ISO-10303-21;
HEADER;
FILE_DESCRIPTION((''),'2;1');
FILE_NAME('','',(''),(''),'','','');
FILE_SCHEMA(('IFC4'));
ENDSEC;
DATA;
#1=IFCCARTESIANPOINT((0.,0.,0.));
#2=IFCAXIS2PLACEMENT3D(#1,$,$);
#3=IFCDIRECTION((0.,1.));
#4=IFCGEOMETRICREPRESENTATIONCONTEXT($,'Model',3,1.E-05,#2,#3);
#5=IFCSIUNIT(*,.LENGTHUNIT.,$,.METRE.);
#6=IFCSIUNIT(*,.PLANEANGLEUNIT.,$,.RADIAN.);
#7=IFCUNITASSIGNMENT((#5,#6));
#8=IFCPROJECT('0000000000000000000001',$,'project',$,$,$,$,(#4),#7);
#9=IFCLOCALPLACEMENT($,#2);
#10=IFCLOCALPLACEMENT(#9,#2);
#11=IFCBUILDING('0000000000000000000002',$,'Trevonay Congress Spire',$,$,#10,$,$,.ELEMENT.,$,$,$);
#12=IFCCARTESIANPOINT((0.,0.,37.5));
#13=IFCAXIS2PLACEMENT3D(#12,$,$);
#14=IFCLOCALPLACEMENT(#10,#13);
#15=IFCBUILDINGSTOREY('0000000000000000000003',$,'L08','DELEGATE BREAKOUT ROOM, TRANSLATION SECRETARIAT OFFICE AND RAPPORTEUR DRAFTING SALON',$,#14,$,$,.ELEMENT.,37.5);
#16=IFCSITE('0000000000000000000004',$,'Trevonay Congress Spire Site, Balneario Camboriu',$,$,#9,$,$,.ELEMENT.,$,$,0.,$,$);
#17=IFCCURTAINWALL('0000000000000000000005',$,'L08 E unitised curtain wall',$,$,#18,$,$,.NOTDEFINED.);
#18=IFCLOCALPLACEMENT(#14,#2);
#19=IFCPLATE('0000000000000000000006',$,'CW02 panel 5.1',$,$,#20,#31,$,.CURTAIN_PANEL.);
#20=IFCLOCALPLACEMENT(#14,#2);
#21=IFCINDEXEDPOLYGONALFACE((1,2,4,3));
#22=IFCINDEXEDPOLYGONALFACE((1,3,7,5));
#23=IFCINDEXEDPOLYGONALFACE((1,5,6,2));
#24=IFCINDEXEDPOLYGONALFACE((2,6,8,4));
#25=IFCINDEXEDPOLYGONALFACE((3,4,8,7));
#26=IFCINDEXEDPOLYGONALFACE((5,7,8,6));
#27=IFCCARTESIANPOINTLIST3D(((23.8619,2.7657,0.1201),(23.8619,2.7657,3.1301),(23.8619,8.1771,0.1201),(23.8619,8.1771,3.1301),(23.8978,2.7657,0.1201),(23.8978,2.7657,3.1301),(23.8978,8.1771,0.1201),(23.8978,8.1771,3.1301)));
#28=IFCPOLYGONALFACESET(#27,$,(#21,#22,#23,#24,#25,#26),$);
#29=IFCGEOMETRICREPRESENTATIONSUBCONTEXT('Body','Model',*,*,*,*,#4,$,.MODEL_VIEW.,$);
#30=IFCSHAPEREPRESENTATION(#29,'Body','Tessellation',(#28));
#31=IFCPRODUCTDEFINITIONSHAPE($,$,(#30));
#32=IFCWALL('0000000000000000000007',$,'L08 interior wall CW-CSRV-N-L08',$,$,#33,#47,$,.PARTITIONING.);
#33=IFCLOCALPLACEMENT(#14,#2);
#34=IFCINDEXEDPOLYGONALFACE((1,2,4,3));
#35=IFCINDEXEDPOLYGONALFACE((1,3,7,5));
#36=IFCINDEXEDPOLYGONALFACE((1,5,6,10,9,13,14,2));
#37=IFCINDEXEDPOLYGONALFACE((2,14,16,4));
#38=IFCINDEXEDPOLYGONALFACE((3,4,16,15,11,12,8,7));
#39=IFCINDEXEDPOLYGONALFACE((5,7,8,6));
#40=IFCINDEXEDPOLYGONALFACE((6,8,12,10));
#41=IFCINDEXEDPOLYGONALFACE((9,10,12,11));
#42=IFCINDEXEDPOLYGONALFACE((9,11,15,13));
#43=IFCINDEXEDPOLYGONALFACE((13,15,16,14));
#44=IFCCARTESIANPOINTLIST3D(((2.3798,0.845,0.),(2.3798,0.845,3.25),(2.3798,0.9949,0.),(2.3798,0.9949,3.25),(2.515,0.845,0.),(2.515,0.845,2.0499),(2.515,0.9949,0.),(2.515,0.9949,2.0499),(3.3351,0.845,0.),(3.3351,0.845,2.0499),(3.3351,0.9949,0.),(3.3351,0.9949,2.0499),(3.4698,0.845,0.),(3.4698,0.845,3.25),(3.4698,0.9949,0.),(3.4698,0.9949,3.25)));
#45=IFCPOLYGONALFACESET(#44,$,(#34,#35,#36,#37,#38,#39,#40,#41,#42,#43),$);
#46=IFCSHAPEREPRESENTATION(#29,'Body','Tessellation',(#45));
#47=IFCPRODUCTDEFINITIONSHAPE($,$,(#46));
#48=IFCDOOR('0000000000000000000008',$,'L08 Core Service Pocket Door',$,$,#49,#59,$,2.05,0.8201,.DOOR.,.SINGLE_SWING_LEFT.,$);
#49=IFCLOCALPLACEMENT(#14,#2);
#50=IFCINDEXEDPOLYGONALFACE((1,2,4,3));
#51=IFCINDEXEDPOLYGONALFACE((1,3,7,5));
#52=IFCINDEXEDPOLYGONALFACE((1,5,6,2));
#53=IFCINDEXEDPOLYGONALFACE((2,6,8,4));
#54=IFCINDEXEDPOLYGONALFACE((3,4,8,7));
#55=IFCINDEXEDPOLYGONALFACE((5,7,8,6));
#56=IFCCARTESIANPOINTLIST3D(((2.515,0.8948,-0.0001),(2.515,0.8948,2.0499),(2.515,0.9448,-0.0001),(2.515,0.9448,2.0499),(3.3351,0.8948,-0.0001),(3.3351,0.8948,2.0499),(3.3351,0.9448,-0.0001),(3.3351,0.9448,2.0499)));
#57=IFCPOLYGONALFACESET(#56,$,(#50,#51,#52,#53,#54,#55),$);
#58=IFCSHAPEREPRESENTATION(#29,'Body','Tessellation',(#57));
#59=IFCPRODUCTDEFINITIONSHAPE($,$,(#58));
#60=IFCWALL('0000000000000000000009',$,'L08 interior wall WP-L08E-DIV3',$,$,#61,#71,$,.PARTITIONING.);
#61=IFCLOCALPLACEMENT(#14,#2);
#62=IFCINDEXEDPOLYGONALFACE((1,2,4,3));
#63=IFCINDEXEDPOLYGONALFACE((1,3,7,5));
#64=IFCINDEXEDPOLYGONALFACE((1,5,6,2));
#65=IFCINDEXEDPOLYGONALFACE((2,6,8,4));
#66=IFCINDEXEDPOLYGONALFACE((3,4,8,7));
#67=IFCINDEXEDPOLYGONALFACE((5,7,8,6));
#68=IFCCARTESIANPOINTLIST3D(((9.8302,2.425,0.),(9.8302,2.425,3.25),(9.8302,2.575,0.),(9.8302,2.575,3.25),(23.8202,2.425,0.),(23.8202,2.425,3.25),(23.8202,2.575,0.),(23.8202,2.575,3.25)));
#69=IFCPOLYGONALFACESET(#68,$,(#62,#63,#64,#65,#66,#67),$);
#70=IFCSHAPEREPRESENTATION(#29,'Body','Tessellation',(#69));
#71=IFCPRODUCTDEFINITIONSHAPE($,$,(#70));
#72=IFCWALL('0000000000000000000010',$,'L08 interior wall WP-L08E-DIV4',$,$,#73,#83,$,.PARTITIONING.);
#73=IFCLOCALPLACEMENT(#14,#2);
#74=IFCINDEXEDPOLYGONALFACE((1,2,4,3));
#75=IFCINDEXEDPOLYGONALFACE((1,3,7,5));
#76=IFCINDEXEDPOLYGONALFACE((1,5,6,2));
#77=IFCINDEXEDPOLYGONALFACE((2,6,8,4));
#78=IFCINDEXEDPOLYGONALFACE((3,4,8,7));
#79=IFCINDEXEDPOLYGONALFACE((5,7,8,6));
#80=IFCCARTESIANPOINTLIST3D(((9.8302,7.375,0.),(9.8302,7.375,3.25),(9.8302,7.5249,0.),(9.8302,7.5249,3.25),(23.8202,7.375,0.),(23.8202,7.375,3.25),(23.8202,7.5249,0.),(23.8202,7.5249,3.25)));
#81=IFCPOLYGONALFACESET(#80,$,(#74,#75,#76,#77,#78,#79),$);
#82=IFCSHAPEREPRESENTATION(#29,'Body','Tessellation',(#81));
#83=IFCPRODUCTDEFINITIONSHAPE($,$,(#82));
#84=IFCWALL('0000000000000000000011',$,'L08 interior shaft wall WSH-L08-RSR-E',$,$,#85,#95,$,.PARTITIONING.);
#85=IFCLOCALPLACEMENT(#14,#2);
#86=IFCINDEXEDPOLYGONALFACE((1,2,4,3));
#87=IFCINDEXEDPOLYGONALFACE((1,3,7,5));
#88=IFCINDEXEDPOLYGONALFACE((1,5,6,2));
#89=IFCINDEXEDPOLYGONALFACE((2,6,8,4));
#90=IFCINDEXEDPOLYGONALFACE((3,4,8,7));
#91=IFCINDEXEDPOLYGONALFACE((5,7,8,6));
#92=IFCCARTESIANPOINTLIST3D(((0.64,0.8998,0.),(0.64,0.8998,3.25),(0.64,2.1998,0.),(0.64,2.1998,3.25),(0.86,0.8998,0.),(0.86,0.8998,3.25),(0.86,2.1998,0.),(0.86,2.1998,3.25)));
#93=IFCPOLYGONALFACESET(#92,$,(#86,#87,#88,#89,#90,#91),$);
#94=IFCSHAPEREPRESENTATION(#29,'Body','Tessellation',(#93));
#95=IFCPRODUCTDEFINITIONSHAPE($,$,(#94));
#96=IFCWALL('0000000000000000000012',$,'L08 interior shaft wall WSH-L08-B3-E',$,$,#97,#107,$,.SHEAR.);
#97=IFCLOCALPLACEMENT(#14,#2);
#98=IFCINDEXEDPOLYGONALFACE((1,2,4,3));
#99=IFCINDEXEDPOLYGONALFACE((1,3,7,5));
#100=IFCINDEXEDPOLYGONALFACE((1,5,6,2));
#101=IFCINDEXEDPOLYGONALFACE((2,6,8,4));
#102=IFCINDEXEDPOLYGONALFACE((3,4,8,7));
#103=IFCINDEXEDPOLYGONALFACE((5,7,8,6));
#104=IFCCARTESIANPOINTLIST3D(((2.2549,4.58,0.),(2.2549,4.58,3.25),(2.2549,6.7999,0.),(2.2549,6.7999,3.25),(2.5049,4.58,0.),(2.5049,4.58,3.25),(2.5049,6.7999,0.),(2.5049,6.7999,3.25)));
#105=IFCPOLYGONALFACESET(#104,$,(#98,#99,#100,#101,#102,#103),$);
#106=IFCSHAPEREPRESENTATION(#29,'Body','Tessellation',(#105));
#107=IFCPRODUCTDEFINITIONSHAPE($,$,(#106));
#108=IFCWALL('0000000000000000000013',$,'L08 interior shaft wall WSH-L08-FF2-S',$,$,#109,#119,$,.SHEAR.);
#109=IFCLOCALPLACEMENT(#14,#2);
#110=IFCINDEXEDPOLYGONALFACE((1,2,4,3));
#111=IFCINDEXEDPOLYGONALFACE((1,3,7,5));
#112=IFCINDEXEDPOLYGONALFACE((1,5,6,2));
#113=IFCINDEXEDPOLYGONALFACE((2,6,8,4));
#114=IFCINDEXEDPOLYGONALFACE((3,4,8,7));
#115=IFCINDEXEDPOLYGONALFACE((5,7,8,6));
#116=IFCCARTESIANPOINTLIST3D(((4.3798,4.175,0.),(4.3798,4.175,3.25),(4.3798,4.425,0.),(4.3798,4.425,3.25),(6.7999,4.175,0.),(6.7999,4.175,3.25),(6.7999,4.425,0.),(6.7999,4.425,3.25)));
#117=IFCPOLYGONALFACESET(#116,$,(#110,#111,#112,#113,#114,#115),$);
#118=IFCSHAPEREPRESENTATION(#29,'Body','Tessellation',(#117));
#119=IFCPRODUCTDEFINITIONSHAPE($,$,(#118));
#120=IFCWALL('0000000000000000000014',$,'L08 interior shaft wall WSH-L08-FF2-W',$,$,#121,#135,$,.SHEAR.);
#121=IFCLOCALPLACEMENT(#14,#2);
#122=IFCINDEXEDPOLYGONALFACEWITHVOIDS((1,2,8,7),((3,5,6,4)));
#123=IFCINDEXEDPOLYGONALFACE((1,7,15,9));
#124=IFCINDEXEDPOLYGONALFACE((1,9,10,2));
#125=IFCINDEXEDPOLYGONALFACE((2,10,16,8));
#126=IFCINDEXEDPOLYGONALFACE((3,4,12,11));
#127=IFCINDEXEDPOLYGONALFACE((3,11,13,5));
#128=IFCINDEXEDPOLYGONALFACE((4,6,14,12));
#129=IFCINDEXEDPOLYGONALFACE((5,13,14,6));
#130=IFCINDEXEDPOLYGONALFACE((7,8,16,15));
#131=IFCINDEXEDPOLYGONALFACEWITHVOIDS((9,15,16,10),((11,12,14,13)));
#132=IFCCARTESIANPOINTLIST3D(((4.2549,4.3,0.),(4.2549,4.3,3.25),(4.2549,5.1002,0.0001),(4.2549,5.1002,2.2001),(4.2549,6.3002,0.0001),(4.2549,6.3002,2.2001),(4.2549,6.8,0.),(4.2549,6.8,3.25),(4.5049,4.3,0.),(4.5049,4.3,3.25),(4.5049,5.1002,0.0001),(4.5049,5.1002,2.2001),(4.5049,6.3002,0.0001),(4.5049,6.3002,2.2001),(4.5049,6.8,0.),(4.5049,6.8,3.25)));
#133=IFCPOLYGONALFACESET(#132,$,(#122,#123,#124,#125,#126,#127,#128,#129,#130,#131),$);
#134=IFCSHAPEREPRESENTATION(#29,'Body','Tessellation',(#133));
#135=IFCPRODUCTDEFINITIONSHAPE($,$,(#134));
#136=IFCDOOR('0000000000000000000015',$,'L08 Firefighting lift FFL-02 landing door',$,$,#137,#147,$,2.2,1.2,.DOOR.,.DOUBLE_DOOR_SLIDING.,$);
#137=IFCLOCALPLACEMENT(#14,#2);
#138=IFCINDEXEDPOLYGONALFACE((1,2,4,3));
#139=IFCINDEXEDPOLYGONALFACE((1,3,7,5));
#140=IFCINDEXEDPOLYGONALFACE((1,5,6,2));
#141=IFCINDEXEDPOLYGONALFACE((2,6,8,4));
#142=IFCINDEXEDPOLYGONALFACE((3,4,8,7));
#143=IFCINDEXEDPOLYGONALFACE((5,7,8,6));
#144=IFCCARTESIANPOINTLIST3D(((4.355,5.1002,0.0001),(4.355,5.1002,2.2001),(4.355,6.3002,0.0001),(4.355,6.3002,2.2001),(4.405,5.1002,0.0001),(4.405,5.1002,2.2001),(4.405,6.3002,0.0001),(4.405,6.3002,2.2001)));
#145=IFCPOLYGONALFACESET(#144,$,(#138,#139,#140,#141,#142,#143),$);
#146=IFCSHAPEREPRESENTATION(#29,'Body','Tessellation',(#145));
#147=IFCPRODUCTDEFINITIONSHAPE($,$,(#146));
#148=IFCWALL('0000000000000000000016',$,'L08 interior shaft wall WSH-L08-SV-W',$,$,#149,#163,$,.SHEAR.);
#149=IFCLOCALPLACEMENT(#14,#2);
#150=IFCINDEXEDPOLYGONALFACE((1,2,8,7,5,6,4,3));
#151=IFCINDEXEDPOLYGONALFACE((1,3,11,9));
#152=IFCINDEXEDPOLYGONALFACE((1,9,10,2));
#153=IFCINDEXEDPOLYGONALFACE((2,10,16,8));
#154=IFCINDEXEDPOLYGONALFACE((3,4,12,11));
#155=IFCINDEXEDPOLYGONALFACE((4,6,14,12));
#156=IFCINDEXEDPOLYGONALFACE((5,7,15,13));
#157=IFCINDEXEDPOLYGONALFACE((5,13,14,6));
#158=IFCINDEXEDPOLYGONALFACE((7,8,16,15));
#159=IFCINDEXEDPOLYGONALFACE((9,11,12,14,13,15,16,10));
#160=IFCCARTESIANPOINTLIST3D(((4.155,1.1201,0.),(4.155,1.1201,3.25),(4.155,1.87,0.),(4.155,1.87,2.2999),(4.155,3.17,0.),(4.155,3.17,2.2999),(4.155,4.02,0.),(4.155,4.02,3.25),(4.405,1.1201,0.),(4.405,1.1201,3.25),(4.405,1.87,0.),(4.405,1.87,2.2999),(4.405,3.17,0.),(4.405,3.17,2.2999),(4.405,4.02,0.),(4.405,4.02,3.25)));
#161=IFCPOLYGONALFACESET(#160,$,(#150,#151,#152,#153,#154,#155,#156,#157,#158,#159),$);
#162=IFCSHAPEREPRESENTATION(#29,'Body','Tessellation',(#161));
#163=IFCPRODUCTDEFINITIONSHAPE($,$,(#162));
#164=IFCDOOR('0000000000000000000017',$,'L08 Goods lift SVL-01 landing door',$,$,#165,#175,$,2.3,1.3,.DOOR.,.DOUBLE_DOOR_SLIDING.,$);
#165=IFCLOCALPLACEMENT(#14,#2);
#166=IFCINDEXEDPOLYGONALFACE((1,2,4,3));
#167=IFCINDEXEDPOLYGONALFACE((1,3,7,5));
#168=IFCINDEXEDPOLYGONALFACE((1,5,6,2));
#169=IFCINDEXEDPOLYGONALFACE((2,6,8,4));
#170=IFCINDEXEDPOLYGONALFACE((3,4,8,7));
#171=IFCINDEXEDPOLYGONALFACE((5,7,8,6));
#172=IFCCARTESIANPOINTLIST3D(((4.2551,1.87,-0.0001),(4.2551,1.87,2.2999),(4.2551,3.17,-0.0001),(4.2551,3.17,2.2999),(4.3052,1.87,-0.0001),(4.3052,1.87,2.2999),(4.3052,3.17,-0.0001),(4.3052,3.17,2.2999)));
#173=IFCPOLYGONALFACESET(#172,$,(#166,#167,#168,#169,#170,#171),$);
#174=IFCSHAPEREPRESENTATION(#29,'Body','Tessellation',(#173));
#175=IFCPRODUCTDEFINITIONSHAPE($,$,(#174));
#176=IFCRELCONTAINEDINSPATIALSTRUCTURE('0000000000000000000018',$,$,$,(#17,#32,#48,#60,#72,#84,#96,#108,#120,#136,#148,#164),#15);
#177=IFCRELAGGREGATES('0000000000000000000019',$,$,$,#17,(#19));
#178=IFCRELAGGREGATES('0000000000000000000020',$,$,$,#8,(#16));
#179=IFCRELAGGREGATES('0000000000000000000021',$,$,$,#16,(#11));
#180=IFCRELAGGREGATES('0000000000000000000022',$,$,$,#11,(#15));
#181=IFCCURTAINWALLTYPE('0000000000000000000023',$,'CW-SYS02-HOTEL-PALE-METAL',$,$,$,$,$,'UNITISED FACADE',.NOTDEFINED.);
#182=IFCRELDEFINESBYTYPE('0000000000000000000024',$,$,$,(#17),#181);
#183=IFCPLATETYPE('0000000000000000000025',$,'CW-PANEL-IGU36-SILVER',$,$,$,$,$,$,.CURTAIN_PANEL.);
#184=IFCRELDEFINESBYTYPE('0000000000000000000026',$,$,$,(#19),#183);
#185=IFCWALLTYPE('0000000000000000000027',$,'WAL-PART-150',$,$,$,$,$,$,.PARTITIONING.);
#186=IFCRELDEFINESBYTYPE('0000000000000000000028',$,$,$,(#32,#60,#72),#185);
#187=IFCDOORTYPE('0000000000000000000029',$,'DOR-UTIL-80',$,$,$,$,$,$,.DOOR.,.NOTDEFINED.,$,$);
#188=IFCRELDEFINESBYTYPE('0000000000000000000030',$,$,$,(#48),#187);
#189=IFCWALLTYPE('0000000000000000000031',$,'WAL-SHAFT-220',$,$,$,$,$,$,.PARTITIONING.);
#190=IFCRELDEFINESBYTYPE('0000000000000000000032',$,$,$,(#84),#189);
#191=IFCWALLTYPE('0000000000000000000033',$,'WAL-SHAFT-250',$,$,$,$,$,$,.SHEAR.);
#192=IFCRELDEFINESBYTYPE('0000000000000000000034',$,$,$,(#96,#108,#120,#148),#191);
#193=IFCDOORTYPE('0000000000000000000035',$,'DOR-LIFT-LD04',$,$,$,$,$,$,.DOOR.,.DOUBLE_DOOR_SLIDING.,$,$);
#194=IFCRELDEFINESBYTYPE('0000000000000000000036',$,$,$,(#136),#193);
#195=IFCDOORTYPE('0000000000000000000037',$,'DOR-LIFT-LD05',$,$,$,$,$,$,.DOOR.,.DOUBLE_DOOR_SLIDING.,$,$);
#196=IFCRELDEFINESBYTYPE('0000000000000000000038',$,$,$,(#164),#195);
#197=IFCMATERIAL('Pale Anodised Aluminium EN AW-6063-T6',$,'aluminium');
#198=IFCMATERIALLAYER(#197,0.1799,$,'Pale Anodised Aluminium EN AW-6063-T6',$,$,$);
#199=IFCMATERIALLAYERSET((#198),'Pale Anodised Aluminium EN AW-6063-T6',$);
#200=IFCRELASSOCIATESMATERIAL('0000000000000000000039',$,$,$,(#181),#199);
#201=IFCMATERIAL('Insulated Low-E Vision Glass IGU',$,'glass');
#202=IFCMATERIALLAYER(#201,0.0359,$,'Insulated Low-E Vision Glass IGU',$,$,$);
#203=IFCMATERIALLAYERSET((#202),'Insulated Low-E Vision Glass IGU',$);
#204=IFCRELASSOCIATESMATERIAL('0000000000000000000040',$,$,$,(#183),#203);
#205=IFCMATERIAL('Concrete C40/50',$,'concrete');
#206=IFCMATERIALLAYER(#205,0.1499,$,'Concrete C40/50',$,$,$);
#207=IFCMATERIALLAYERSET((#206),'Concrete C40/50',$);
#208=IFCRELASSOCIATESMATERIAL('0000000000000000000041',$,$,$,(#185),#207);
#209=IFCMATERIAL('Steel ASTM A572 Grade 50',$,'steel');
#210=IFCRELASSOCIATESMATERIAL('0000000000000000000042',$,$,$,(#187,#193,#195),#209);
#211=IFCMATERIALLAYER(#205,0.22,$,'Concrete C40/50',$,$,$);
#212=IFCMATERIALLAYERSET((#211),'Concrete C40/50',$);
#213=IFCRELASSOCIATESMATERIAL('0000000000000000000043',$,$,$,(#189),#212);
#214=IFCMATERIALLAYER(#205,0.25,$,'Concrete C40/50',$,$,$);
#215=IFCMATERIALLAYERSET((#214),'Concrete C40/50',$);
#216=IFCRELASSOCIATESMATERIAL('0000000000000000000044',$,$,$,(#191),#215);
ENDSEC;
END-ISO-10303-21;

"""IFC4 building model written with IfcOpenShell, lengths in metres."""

from ifc_helpers import new_model, si_unit, direction, frame, frame_2d, origin, origin_2d, place, context, subcontext, project, spatial, rectangle, extrude, material, layer, layer_set, type_object, element, fill, aggregate, save


model = new_model("IFC4")

# Units and contexts
model_context = context("Model", 3, precision=1e-05, world=origin(), true_north=direction((0.0, 1.0)))
body_context = subcontext(model_context, "Body", "Model", "MODEL_VIEW")
ifc_project = project(units=[si_unit("LENGTHUNIT", "METRE"), si_unit("PLANEANGLEUNIT", "RADIAN")], contexts=[model_context])

# Site, building, storey
site_placement = place(None, origin())
site = spatial("IfcSite", under=ifc_project, at=site_placement, Name="Trevonay Congress Spire Site, Balneario Camboriu", CompositionType="ELEMENT", RefElevation=0.0)
building_placement = place(site_placement, origin())
building = spatial("IfcBuilding", under=site, at=building_placement, Name="Trevonay Congress Spire", CompositionType="ELEMENT")
storey_placement = place(building_placement, frame((0.0, 0.0, 37.5)))
storey = spatial("IfcBuildingStorey", under=building, at=storey_placement, Name="L08", Description="DELEGATE BREAKOUT ROOM, TRANSLATION SECRETARIAT OFFICE AND RAPPORTEUR DRAFTING SALON", CompositionType="ELEMENT", Elevation=37.5)

# Shared definitions
ifc_material_1 = material(Name="Steel ASTM A572 Grade 50", Category="steel")

# Curtain wall, plate
ifc_material_2 = material(Name="Pale Anodised Aluminium EN AW-6063-T6", Category="aluminium")
ifc_layer_1 = layer(ifc_material_2, 0.1799, Name="Pale Anodised Aluminium EN AW-6063-T6")
ifc_layer_set_1 = layer_set([ifc_layer_1], Name="Pale Anodised Aluminium EN AW-6063-T6")
curtain_wall_type = type_object("IfcCurtainWallType", Name="CW-SYS02-HOTEL-PALE-METAL", ElementType="UNITISED FACADE", PredefinedType="NOTDEFINED", material=ifc_layer_set_1)
curtain_wall_placement = place(storey_placement, origin())
curtain_wall = element("IfcCurtainWall", 1, at=curtain_wall_placement, inside=storey, type_object=curtain_wall_type, Name="L08 E unitised curtain wall", PredefinedType="NOTDEFINED")
ifc_material_3 = material(Name="Insulated Low-E Vision Glass IGU", Category="glass")
ifc_layer_2 = layer(ifc_material_3, 0.0359, Name="Insulated Low-E Vision Glass IGU")
ifc_layer_set_2 = layer_set([ifc_layer_2], Name="Insulated Low-E Vision Glass IGU")
plate_type = type_object("IfcPlateType", Name="CW-PANEL-IGU36-SILVER", PredefinedType="CURTAIN_PANEL", material=ifc_layer_set_2)
plate_placement = place(storey_placement, frame((23.8799, 5.4714, 0.1201), z_axis=(0.0, 0.0, 1.0), x_axis=(0.0, 1.0, 0.0)))
plate = element("IfcPlate", 2, at=plate_placement, type_object=plate_type, Name="CW02 panel 5.1", PredefinedType="CURTAIN_PANEL", context=body_context, shape_type="SweptSolid", body=[
    extrude(rectangle(XDim=5.4114, YDim=0.0359, at=origin_2d()), origin(), (0.0, 0.0, 1.0), 3.01),
])
aggregate(curtain_wall, [plate])

# Wall, opening, door
ifc_material_4 = material(Name="Concrete C40/50", Category="concrete")
ifc_layer_3 = layer(ifc_material_4, 0.1499, Name="Concrete C40/50")
ifc_layer_set_3 = layer_set([ifc_layer_3], Name="Concrete C40/50")
wall_type_1 = type_object("IfcWallType", Name="WAL-PART-150", PredefinedType="PARTITIONING", material=ifc_layer_set_3)
wall_1_placement = place(storey_placement, frame((2.3799, 0.9199, 0.0), z_axis=(0.0, 0.0, 1.0), x_axis=(1.0, 0.0, 0.0)))
wall_1 = element("IfcWall", 3, at=wall_1_placement, inside=storey, type_object=wall_type_1, Name="L08 interior wall CW-CSRV-N-L08", PredefinedType="PARTITIONING", context=body_context, shape_type="SweptSolid", body=[
    extrude(rectangle(XDim=1.0901, YDim=0.1499, at=frame_2d((0.5449, 0.0))), origin(), (0.0, 0.0, 1.0), 3.25),
])
opening_1_placement = place(wall_1_placement, frame((0.135, 0.0, 0.0)))
opening_1 = element("IfcOpeningElement", 4, at=opening_1_placement, cuts=wall_1, PredefinedType="OPENING", context=body_context, shape_type="SweptSolid", body=[
    extrude(rectangle(XDim=0.8201, YDim=2.05, at=frame_2d((0.4102, 1.0249))), frame((0.0, 0.085, 0.0), z_axis=(0.0, -1.0, 0.0), x_axis=(1.0, 0.0, 0.0)), (0.0, 0.0, 1.0), 0.1699),
])
door_type_1 = type_object("IfcDoorType", Name="DOR-UTIL-80", OperationType="NOTDEFINED", PredefinedType="DOOR", material=ifc_material_1)
door_1_placement = place(opening_1_placement, origin())
door_1 = element("IfcDoor", 5, at=door_1_placement, inside=storey, type_object=door_type_1, Name="L08 Core Service Pocket Door", OperationType="SINGLE_SWING_LEFT", OverallHeight=2.05, OverallWidth=0.8201, PredefinedType="DOOR", context=body_context, shape_type="SweptSolid", body=[
    extrude(rectangle(XDim=0.8201, YDim=2.05, at=frame_2d((0.4102, 1.0249))), frame((0.0, 0.0249, 0.0), z_axis=(0.0, -1.0, 0.0), x_axis=(1.0, 0.0, 0.0)), (0.0, 0.0, 1.0), 0.05),
])
fill(opening_1, door_1)

# Walls
for number, where, z_axis, x_axis, name in (
    (6, (9.8301, 2.5, 0.0), (0.0, 0.0, 1.0), (1.0, 0.0, 0.0), "L08 interior wall WP-L08E-DIV3"),
    (7, (9.8301, 7.45, 0.0), (0.0, 0.0, 1.0), (1.0, 0.0, 0.0), "L08 interior wall WP-L08E-DIV4"),
):
    element("IfcWall", number, at=place(storey_placement, frame(where, z_axis=z_axis, x_axis=x_axis)), inside=storey, type_object=wall_type_1, Name=name, PredefinedType="PARTITIONING", context=body_context, shape_type="SweptSolid", body=[
        extrude(rectangle(XDim=13.99, YDim=0.1499, at=frame_2d((6.9951, 0.0))), origin(), (0.0, 0.0, 1.0), 3.25),
    ])
ifc_layer_4 = layer(ifc_material_4, 0.22, Name="Concrete C40/50")
ifc_layer_set_4 = layer_set([ifc_layer_4], Name="Concrete C40/50")
wall_type_2 = type_object("IfcWallType", Name="WAL-SHAFT-220", PredefinedType="PARTITIONING", material=ifc_layer_set_4)
wall_2_placement = place(storey_placement, frame((0.75, 0.8999, 0.0), z_axis=(0.0, 0.0, 1.0), x_axis=(0.0, 1.0, 0.0)))
element("IfcWall", 8, at=wall_2_placement, inside=storey, type_object=wall_type_2, Name="L08 interior shaft wall WSH-L08-RSR-E", PredefinedType="PARTITIONING", context=body_context, shape_type="SweptSolid", body=[
    extrude(rectangle(XDim=1.3, YDim=0.22, at=frame_2d((0.6499, 0.0))), origin(), (0.0, 0.0, 1.0), 3.25),
])
ifc_layer_5 = layer(ifc_material_4, 0.25, Name="Concrete C40/50")
ifc_layer_set_5 = layer_set([ifc_layer_5], Name="Concrete C40/50")
wall_type_3 = type_object("IfcWallType", Name="WAL-SHAFT-250", PredefinedType="SHEAR", material=ifc_layer_set_5)
wall_3_placement = place(storey_placement, frame((2.3799, 4.5801, 0.0), z_axis=(0.0, 0.0, 1.0), x_axis=(0.0, 1.0, 0.0)))
element("IfcWall", 9, at=wall_3_placement, inside=storey, type_object=wall_type_3, Name="L08 interior shaft wall WSH-L08-B3-E", PredefinedType="SHEAR", context=body_context, shape_type="SweptSolid", body=[
    extrude(rectangle(XDim=2.22, YDim=0.25, at=frame_2d((1.1099, 0.0))), origin(), (0.0, 0.0, 1.0), 3.25),
])
wall_4_placement = place(storey_placement, frame((4.3799, 4.3, 0.0), z_axis=(0.0, 0.0, 1.0), x_axis=(1.0, 0.0, 0.0)))
element("IfcWall", 10, at=wall_4_placement, inside=storey, type_object=wall_type_3, Name="L08 interior shaft wall WSH-L08-FF2-S", PredefinedType="SHEAR", context=body_context, shape_type="SweptSolid", body=[
    extrude(rectangle(XDim=2.4202, YDim=0.25, at=frame_2d((1.21, 0.0))), origin(), (0.0, 0.0, 1.0), 3.25),
])

# Walls, openings, doors
wall_5_placement = place(storey_placement, frame((4.3799, 4.3, 0.0), z_axis=(0.0, 0.0, 1.0), x_axis=(0.0, 1.0, 0.0)))
wall_5 = element("IfcWall", 11, at=wall_5_placement, inside=storey, type_object=wall_type_3, Name="L08 interior shaft wall WSH-L08-FF2-W", PredefinedType="SHEAR", context=body_context, shape_type="SweptSolid", body=[
    extrude(rectangle(XDim=2.5, YDim=0.25, at=frame_2d((1.25, 0.0))), origin(), (0.0, 0.0, 1.0), 3.25),
])
opening_2_placement = place(wall_5_placement, frame((0.8, 0.0, 0.0)))
opening_2 = element("IfcOpeningElement", 12, at=opening_2_placement, cuts=wall_5, PredefinedType="OPENING", context=body_context, shape_type="SweptSolid", body=[
    extrude(rectangle(XDim=1.2, YDim=2.2, at=frame_2d((0.6001, 1.1001))), frame((0.0, 0.135, 0.0), z_axis=(0.0, -1.0, 0.0), x_axis=(1.0, 0.0, 0.0)), (0.0, 0.0, 1.0), 0.27),
])
door_type_2 = type_object("IfcDoorType", Name="DOR-LIFT-LD04", OperationType="DOUBLE_DOOR_SLIDING", PredefinedType="DOOR", material=ifc_material_1)
door_2_placement = place(opening_2_placement, origin())
door_2 = element("IfcDoor", 13, at=door_2_placement, inside=storey, type_object=door_type_2, Name="L08 Firefighting lift FFL-02 landing door", OperationType="DOUBLE_DOOR_SLIDING", OverallHeight=2.2, OverallWidth=1.2, PredefinedType="DOOR", context=body_context, shape_type="SweptSolid", body=[
    extrude(rectangle(XDim=1.2, YDim=2.2, at=frame_2d((0.6001, 1.1001))), frame((0.0, 0.0249, 0.0), z_axis=(0.0, -1.0, 0.0), x_axis=(1.0, 0.0, 0.0)), (0.0, 0.0, 1.0), 0.05),
])
fill(opening_2, door_2)
wall_6_placement = place(storey_placement, frame((4.28, 1.1201, 0.0), z_axis=(0.0, 0.0, 1.0), x_axis=(0.0, 1.0, 0.0)))
wall_6 = element("IfcWall", 14, at=wall_6_placement, inside=storey, type_object=wall_type_3, Name="L08 interior shaft wall WSH-L08-SV-W", PredefinedType="SHEAR", context=body_context, shape_type="SweptSolid", body=[
    extrude(rectangle(XDim=2.8999, YDim=0.25, at=frame_2d((1.45, 0.0))), origin(), (0.0, 0.0, 1.0), 3.25),
])
opening_3_placement = place(wall_6_placement, frame((0.75, 0.0, 0.0)))
opening_3 = element("IfcOpeningElement", 15, at=opening_3_placement, cuts=wall_6, PredefinedType="OPENING", context=body_context, shape_type="SweptSolid", body=[
    extrude(rectangle(XDim=1.3, YDim=2.3, at=frame_2d((0.6499, 1.1499))), frame((0.0, 0.135, 0.0), z_axis=(0.0, -1.0, 0.0), x_axis=(1.0, 0.0, 0.0)), (0.0, 0.0, 1.0), 0.27),
])
door_type_3 = type_object("IfcDoorType", Name="DOR-LIFT-LD05", OperationType="DOUBLE_DOOR_SLIDING", PredefinedType="DOOR", material=ifc_material_1)
door_3_placement = place(opening_3_placement, origin())
door_3 = element("IfcDoor", 16, at=door_3_placement, inside=storey, type_object=door_type_3, Name="L08 Goods lift SVL-01 landing door", OperationType="DOUBLE_DOOR_SLIDING", OverallHeight=2.3, OverallWidth=1.3, PredefinedType="DOOR", context=body_context, shape_type="SweptSolid", body=[
    extrude(rectangle(XDim=1.3, YDim=2.3, at=frame_2d((0.6499, 1.1499))), frame((0.0, 0.0249, 0.0), z_axis=(0.0, -1.0, 0.0), x_axis=(1.0, 0.0, 0.0)), (0.0, 0.0, 1.0), 0.05),
])
fill(opening_3, door_3)

save(model, "model.ifc")
